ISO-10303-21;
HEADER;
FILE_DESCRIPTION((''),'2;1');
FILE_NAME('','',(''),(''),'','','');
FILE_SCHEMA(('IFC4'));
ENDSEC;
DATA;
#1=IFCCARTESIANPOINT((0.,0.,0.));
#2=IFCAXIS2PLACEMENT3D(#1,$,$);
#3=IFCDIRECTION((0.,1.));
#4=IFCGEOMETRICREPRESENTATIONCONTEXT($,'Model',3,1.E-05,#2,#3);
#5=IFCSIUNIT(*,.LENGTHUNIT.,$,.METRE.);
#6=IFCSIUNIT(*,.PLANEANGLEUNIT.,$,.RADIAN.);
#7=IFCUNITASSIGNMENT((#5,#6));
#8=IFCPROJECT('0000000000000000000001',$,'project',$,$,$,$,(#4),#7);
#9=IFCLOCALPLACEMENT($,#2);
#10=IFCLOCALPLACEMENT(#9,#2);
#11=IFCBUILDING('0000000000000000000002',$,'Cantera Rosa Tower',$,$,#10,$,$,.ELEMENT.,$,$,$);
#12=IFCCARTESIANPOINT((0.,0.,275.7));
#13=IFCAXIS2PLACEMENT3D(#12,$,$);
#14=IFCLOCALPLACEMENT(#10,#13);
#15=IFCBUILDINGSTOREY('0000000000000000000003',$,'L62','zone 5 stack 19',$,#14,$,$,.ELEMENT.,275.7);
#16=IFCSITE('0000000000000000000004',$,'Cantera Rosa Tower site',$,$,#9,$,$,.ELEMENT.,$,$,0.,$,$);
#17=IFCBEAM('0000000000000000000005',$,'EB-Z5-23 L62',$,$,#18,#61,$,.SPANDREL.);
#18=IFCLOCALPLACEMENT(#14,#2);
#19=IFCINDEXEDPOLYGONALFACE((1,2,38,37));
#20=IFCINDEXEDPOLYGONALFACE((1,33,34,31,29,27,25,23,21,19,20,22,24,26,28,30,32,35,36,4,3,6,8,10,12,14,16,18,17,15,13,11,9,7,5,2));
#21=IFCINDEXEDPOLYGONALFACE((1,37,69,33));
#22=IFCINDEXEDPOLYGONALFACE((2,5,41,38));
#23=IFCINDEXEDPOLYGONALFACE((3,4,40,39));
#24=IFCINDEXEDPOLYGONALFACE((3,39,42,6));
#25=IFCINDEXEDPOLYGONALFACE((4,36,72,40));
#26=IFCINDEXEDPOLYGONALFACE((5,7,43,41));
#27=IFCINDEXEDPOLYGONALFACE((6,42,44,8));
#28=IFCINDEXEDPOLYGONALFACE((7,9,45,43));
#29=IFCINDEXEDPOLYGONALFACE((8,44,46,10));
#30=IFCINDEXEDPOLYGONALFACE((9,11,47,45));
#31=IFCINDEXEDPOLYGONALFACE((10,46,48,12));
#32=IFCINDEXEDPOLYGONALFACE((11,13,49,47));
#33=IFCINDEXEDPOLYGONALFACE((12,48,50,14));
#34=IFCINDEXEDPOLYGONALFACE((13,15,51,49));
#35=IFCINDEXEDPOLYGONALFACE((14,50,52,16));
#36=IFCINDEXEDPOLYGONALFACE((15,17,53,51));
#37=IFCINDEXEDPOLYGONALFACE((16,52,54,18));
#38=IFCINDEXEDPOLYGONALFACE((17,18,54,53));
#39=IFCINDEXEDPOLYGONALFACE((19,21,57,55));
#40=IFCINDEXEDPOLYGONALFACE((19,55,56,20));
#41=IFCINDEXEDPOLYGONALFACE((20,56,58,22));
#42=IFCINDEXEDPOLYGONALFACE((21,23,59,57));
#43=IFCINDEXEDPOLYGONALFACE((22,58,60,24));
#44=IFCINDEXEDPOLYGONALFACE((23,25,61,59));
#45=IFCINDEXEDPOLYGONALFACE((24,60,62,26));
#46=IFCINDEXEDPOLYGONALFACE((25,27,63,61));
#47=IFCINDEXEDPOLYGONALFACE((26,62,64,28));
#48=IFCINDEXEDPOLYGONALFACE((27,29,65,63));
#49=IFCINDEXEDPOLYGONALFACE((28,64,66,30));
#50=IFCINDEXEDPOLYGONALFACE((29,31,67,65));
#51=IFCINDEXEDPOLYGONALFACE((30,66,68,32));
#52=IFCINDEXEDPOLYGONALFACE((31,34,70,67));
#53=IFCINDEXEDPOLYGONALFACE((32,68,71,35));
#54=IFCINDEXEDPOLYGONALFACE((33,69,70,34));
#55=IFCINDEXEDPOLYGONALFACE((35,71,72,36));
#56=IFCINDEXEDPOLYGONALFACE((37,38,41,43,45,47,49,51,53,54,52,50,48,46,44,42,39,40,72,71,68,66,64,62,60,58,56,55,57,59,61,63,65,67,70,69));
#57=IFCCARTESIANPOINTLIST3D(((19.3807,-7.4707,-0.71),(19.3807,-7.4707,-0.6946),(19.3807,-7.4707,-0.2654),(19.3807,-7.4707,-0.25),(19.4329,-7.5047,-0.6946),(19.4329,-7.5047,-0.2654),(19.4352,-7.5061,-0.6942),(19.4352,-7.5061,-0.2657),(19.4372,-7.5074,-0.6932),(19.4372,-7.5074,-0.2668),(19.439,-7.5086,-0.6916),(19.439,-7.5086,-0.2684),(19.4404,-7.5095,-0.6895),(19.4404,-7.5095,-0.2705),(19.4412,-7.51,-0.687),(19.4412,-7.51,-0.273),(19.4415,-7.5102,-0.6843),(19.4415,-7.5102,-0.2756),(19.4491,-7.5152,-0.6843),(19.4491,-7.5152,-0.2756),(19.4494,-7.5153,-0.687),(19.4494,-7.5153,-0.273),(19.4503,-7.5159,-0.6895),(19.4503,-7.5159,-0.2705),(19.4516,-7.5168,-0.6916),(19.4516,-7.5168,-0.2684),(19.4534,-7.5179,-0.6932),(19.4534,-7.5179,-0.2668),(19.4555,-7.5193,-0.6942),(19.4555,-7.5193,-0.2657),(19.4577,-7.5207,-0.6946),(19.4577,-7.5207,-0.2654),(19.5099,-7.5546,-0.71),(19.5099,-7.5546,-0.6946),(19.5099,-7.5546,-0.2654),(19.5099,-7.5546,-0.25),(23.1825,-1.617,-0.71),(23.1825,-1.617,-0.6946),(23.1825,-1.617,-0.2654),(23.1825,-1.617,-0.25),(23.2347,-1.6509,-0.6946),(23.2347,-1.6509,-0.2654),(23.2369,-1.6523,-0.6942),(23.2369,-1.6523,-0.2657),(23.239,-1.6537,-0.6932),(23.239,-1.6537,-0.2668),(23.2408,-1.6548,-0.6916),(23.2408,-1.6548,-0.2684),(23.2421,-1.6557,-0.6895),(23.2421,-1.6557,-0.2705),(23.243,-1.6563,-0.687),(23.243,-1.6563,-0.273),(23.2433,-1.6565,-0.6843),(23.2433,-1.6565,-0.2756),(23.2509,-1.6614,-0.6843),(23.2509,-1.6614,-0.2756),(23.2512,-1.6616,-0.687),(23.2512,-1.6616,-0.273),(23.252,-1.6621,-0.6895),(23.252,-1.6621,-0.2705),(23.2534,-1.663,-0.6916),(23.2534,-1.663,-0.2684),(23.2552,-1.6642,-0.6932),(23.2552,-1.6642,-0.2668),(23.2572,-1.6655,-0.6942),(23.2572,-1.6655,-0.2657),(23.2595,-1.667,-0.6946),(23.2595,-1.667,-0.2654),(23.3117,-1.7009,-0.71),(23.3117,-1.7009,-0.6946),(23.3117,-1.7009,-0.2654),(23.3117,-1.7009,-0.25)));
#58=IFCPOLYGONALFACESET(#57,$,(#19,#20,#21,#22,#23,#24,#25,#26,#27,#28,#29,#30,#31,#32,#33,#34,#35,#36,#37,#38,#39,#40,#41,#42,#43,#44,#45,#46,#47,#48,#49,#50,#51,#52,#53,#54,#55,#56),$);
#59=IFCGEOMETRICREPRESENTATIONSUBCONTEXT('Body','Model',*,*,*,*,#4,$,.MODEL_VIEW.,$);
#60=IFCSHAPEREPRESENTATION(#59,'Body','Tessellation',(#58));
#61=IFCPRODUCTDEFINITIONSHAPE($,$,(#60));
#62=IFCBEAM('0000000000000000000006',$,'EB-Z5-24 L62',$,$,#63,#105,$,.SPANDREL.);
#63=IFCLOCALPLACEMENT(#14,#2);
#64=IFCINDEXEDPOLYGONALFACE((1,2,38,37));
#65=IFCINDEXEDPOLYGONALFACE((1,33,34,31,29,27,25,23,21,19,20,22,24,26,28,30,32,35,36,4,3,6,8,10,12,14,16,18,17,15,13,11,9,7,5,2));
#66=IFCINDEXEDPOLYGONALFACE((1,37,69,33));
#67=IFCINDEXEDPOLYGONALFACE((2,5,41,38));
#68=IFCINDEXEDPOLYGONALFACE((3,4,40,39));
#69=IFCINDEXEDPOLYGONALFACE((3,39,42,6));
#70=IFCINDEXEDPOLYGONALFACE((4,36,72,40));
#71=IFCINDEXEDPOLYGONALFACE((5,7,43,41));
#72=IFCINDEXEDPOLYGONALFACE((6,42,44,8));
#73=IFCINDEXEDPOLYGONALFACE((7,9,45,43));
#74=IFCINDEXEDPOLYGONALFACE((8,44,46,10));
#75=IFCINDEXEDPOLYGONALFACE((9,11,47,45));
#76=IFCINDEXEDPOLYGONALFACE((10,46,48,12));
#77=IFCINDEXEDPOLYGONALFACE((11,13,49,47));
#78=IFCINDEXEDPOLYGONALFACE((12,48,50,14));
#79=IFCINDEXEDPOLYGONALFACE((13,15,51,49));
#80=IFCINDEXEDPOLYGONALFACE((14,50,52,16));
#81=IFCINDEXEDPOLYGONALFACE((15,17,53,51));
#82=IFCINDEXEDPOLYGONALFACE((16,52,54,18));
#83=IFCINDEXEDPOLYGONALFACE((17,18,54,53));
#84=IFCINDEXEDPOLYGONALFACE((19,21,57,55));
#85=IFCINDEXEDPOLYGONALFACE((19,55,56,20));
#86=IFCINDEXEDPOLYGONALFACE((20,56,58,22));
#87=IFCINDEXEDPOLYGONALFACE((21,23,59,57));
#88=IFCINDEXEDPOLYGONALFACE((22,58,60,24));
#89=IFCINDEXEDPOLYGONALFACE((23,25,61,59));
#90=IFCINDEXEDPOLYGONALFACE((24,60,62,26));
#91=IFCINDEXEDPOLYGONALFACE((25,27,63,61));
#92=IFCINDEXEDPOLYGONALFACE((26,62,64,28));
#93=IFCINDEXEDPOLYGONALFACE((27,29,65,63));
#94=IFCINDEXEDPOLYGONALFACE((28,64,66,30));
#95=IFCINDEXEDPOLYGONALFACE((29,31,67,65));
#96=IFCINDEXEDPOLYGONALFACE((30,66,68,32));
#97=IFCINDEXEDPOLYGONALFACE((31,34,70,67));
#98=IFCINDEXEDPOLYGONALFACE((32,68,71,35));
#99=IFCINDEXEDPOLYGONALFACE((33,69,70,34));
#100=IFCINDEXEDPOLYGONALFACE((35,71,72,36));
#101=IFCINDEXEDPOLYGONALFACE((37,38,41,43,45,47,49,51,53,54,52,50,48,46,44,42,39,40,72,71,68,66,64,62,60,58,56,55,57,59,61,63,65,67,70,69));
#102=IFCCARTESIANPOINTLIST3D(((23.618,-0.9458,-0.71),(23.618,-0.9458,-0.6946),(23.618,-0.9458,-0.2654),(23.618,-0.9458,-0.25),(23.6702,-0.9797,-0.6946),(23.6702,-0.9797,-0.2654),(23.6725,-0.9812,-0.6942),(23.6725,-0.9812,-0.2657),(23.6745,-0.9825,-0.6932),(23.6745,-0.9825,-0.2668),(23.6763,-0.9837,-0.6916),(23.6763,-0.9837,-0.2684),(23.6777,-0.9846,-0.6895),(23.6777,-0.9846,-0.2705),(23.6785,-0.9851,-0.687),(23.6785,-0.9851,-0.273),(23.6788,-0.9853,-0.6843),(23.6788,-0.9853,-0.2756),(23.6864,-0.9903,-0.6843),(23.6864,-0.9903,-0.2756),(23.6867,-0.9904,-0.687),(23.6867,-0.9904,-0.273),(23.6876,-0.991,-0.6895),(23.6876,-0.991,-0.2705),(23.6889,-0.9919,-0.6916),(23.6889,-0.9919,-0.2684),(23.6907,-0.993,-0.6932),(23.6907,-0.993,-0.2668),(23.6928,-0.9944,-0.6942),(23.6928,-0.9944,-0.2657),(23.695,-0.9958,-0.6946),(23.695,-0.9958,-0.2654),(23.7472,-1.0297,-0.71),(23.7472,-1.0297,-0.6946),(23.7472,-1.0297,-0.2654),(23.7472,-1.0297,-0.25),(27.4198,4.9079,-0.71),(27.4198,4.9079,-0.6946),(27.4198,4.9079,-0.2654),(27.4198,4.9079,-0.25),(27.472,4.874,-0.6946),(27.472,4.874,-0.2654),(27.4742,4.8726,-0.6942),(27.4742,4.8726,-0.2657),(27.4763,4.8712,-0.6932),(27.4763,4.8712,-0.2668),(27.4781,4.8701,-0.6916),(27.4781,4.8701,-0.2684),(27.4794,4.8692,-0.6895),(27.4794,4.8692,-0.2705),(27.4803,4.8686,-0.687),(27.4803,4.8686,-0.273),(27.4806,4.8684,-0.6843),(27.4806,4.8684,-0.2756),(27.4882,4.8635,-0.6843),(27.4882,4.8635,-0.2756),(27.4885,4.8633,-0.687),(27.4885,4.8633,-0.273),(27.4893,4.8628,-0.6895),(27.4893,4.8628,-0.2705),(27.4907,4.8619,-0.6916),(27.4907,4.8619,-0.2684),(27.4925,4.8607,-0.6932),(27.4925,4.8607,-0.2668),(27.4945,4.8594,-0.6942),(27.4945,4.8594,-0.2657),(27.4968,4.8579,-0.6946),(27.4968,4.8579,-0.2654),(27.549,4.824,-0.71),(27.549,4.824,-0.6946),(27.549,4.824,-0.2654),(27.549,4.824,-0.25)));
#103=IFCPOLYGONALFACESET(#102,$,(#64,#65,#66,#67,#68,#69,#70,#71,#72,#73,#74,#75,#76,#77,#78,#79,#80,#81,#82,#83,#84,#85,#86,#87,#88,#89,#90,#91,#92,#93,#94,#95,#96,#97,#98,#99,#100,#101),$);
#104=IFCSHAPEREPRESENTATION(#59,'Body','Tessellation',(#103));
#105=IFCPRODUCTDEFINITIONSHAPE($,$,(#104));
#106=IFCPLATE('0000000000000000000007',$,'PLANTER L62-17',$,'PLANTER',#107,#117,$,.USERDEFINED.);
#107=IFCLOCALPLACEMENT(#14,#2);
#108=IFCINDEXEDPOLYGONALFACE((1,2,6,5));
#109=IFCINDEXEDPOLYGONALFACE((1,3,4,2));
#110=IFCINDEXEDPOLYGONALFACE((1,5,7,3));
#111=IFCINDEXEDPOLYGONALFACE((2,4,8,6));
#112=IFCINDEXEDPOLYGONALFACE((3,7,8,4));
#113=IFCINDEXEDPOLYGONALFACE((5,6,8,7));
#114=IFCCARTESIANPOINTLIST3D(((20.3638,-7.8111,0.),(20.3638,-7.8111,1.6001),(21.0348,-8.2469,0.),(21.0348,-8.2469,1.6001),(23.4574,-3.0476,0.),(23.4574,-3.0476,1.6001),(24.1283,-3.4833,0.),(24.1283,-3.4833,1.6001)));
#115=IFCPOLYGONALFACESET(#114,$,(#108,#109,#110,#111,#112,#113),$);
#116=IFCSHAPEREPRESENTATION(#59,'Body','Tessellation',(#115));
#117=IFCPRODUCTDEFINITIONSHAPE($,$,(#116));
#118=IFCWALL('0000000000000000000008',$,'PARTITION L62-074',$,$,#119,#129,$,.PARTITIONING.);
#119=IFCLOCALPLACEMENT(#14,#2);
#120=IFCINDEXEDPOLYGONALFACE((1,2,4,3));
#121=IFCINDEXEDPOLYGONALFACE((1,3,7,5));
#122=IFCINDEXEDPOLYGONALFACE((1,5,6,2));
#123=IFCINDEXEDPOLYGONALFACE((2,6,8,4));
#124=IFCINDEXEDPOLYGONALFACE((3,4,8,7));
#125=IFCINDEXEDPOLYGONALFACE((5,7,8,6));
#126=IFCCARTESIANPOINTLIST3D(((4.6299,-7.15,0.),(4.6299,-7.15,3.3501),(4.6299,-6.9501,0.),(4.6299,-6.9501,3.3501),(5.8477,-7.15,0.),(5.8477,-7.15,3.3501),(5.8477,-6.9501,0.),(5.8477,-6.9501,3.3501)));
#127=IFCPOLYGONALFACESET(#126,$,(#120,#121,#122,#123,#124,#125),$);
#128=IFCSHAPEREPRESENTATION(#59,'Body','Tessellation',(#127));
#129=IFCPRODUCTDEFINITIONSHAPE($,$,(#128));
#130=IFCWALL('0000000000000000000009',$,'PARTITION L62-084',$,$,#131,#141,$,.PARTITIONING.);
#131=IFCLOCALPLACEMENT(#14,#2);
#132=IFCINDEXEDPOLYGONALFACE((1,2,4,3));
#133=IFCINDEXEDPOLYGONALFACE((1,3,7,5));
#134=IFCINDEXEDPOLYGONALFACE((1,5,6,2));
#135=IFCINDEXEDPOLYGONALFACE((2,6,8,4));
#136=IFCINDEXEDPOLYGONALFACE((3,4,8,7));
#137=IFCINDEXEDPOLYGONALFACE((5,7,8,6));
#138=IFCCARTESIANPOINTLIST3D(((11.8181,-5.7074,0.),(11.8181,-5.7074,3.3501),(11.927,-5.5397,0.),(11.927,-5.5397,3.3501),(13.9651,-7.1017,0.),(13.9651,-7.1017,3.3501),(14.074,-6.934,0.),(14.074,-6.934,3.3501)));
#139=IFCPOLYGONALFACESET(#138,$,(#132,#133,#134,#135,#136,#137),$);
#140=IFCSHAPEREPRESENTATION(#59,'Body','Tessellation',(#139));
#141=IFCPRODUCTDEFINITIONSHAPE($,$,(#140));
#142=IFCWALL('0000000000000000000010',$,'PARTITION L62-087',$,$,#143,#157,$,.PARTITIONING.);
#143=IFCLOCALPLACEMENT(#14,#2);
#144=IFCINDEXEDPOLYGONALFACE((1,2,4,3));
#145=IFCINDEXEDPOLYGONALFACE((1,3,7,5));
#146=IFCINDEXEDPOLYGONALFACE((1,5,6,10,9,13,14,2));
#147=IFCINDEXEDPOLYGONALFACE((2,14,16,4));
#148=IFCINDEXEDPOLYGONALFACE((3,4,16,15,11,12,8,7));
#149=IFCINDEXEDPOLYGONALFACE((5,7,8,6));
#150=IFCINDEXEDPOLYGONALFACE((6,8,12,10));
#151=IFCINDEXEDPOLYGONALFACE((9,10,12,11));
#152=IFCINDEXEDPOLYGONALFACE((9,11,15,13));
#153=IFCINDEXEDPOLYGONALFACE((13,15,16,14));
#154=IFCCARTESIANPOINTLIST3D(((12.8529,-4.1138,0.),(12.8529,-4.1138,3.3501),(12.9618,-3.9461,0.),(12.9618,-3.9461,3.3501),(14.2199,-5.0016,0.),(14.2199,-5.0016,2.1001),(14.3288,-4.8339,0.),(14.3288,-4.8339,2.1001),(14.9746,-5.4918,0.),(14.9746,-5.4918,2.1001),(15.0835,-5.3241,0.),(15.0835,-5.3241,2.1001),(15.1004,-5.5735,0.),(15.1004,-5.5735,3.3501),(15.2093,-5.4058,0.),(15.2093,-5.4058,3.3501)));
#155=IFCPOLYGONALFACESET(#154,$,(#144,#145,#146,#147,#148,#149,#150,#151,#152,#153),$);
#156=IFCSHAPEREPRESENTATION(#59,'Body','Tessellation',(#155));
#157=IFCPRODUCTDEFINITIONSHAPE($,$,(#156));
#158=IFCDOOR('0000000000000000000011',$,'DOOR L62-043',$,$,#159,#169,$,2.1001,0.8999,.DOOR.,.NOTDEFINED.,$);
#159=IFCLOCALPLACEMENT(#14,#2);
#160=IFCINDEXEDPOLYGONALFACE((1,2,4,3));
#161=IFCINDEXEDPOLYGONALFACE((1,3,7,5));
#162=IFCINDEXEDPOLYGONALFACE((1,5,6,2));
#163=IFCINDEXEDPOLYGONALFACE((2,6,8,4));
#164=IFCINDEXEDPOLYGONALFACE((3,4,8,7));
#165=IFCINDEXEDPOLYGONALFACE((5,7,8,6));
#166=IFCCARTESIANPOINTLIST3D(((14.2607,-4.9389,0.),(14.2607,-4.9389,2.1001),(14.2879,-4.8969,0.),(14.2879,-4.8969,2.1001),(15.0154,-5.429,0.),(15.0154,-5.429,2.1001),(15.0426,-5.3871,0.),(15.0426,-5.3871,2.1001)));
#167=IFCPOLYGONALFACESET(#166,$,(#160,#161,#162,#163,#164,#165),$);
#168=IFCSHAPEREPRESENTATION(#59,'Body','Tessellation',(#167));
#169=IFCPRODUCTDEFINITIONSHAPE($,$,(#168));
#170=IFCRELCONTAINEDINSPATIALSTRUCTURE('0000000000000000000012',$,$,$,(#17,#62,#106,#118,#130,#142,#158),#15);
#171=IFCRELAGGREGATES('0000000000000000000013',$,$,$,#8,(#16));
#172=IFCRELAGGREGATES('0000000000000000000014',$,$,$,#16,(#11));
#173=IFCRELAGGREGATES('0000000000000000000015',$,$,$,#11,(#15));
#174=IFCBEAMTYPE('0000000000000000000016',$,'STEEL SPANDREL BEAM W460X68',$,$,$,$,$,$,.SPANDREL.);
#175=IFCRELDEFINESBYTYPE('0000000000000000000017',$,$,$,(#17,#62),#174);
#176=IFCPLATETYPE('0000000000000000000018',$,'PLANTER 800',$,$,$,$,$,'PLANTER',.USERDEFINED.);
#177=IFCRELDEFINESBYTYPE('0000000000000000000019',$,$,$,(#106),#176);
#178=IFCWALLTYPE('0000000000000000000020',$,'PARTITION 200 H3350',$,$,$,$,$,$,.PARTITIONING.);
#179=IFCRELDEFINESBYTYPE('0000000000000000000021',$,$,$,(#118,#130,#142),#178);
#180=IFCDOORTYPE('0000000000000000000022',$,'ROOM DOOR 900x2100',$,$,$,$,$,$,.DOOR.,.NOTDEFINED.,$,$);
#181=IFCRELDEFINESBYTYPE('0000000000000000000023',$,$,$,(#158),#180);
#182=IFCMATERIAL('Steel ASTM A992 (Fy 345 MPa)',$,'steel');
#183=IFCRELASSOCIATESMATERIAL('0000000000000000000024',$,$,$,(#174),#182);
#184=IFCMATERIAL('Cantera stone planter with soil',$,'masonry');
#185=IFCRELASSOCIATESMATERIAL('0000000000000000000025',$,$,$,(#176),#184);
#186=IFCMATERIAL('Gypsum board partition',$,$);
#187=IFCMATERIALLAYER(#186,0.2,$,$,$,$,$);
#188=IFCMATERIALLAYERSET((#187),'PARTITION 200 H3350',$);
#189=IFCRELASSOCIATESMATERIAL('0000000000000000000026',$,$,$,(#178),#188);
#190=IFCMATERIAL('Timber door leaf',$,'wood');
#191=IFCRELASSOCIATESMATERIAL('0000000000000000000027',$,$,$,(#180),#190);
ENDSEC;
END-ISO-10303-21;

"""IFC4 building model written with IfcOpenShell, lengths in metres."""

from ifc_helpers import new_model, si_unit, direction, frame, frame_2d, origin, origin_2d, place, context, subcontext, project, spatial, rectangle, i_section, extrude, material, layer, layer_set, material_profile, profile_set, type_object, element, fill, save


model = new_model("IFC4")

# Units and contexts
model_context = context("Model", 3, precision=1e-05, world=origin(), true_north=direction((0.0, 1.0)))
body_context = subcontext(model_context, "Body", "Model", "MODEL_VIEW")
ifc_project = project(units=[si_unit("LENGTHUNIT", "METRE"), si_unit("PLANEANGLEUNIT", "RADIAN")], contexts=[model_context])

# Site, building, storey
site_placement = place(None, origin())
site = spatial("IfcSite", under=ifc_project, at=site_placement, Name="Cantera Rosa Tower site", CompositionType="ELEMENT", RefElevation=0.0)
building_placement = place(site_placement, origin())
building = spatial("IfcBuilding", under=site, at=building_placement, Name="Cantera Rosa Tower", CompositionType="ELEMENT")
storey_placement = place(building_placement, frame((0.0, 0.0, 275.7)))
storey = spatial("IfcBuildingStorey", under=building, at=storey_placement, Name="L62", Description="zone 5 stack 19", CompositionType="ELEMENT", Elevation=275.7)

# Beams
ifc_material_1 = material(Name="Steel ASTM A992 (Fy 345 MPa)", Category="steel")
ifc_material_profile_1 = material_profile(ifc_material_1, i_section(OverallWidth=0.1541, OverallDepth=0.46, WebThickness=0.009, FlangeThickness=0.0154, FilletRadius=0.0103, at=origin_2d()), Name="W460X68")
ifc_profile_set_1 = profile_set([ifc_material_profile_1], Name="Steel ASTM A992 (Fy 345 MPa)")
beam_type_1 = type_object("IfcBeamType", Name="STEEL SPANDREL BEAM W460X68", PredefinedType="SPANDREL", material=ifc_profile_set_1)
for number, where, z_axis, x_axis, name in (
    (1, (19.4453, -7.5127, -0.48), (0.544667, 0.838652, 0.0), (-0.838652, 0.544667, 0.0), "EB-Z5-23 L62"),
    (2, (23.6826, -0.9878, -0.48), (0.544667, 0.838652, 0.0), (-0.838652, 0.544667, 0.0), "EB-Z5-24 L62"),
):
    element("IfcBeam", number, at=place(storey_placement, frame(where, z_axis=z_axis, x_axis=x_axis)), inside=storey, type_object=beam_type_1, Name=name, PredefinedType="SPANDREL", context=body_context, shape_type="SweptSolid", body=[
        extrude(i_section(OverallWidth=0.1541, OverallDepth=0.46, WebThickness=0.009, FlangeThickness=0.0154, FilletRadius=0.0103, at=origin_2d()), origin(), (0.0, 0.0, 1.0), 6.98),
    ])

# Plate
ifc_material_2 = material(Name="Cantera stone planter with soil", Category="masonry")
plate_type = type_object("IfcPlateType", Name="PLANTER 800", ElementType="PLANTER", PredefinedType="USERDEFINED", material=ifc_material_2)
plate_placement = place(storey_placement, frame((22.2461, -5.6472, 0.0), z_axis=(0.0, 0.0, 1.0), x_axis=(0.544639, 0.838671, 0.0)))
element("IfcPlate", 3, at=plate_placement, inside=storey, type_object=plate_type, Name="PLANTER L62-17", ObjectType="PLANTER", PredefinedType="USERDEFINED", context=body_context, shape_type="SweptSolid", body=[
    extrude(rectangle(XDim=5.6799, YDim=0.8, at=origin_2d()), origin(), (0.0, 0.0, 1.0), 1.6001),
])

# Walls
ifc_material_3 = material(Name="Gypsum board partition")
ifc_layer_1 = layer(ifc_material_3, 0.2)
ifc_layer_set_1 = layer_set([ifc_layer_1], Name="PARTITION 200 H3350")
wall_type_1 = type_object("IfcWallType", Name="PARTITION 200 H3350", PredefinedType="PARTITIONING", material=ifc_layer_set_1)
wall_1_placement = place(storey_placement, frame((5.8477, -7.05, 0.0), z_axis=(0.0, 0.0, 1.0), x_axis=(-1.0, 0.0, 0.0)))
element("IfcWall", 4, at=wall_1_placement, inside=storey, type_object=wall_type_1, Name="PARTITION L62-074", PredefinedType="PARTITIONING", context=body_context, shape_type="SweptSolid", body=[
    extrude(rectangle(XDim=1.2178, YDim=0.2, at=frame_2d((0.6089, 0.0))), origin(), (0.0, 0.0, 1.0), 3.3501),
])
wall_2_placement = place(storey_placement, frame((11.8726, -5.6235, 0.0), z_axis=(0.0, 0.0, 1.0), x_axis=(0.838666, -0.544646, 0.0)))
element("IfcWall", 5, at=wall_2_placement, inside=storey, type_object=wall_type_1, Name="PARTITION L62-084", PredefinedType="PARTITIONING", context=body_context, shape_type="SweptSolid", body=[
    extrude(rectangle(XDim=2.5601, YDim=0.2, at=frame_2d((1.28, 0.0))), origin(), (0.0, 0.0, 1.0), 3.3501),
])

# Wall, opening, door
wall_3_placement = place(storey_placement, frame((12.9075, -4.03, 0.0), z_axis=(0.0, 0.0, 1.0), x_axis=(0.838648, -0.544675, 0.0)))
wall_3 = element("IfcWall", 6, at=wall_3_placement, inside=storey, type_object=wall_type_1, Name="PARTITION L62-087", PredefinedType="PARTITIONING", context=body_context, shape_type="SweptSolid", body=[
    extrude(rectangle(XDim=2.6799, YDim=0.2, at=frame_2d((1.3398, 0.0))), origin(), (0.0, 0.0, 1.0), 3.3501),
])
opening_1_placement = place(wall_3_placement, frame((1.6299, 0.0, 0.0)))
opening_1 = element("IfcOpeningElement", 7, at=opening_1_placement, cuts=wall_3, PredefinedType="OPENING", context=body_context, shape_type="SweptSolid", body=[
    extrude(rectangle(XDim=0.8999, YDim=2.1001, at=frame_2d((0.45, 1.05))), frame((0.0, 0.1099, 0.0), z_axis=(0.0, -1.0, 0.0), x_axis=(1.0, 0.0, 0.0)), (0.0, 0.0, 1.0), 0.22),
])
ifc_material_4 = material(Name="Timber door leaf", Category="wood")
door_type_1 = type_object("IfcDoorType", Name="ROOM DOOR 900x2100", OperationType="NOTDEFINED", PredefinedType="DOOR", material=ifc_material_4)
door_1_placement = place(opening_1_placement, origin())
door_1 = element("IfcDoor", 8, at=door_1_placement, inside=storey, type_object=door_type_1, Name="DOOR L62-043", OperationType="NOTDEFINED", OverallHeight=2.1001, OverallWidth=0.8999, PredefinedType="DOOR", context=body_context, shape_type="SweptSolid", body=[
    extrude(rectangle(XDim=0.8999, YDim=2.1001, at=frame_2d((0.45, 1.05))), frame((0.0, 0.0249, 0.0), z_axis=(0.0, -1.0, 0.0), x_axis=(1.0, 0.0, 0.0)), (0.0, 0.0, 1.0), 0.05),
])
fill(opening_1, door_1)

save(model, "model.ifc")
